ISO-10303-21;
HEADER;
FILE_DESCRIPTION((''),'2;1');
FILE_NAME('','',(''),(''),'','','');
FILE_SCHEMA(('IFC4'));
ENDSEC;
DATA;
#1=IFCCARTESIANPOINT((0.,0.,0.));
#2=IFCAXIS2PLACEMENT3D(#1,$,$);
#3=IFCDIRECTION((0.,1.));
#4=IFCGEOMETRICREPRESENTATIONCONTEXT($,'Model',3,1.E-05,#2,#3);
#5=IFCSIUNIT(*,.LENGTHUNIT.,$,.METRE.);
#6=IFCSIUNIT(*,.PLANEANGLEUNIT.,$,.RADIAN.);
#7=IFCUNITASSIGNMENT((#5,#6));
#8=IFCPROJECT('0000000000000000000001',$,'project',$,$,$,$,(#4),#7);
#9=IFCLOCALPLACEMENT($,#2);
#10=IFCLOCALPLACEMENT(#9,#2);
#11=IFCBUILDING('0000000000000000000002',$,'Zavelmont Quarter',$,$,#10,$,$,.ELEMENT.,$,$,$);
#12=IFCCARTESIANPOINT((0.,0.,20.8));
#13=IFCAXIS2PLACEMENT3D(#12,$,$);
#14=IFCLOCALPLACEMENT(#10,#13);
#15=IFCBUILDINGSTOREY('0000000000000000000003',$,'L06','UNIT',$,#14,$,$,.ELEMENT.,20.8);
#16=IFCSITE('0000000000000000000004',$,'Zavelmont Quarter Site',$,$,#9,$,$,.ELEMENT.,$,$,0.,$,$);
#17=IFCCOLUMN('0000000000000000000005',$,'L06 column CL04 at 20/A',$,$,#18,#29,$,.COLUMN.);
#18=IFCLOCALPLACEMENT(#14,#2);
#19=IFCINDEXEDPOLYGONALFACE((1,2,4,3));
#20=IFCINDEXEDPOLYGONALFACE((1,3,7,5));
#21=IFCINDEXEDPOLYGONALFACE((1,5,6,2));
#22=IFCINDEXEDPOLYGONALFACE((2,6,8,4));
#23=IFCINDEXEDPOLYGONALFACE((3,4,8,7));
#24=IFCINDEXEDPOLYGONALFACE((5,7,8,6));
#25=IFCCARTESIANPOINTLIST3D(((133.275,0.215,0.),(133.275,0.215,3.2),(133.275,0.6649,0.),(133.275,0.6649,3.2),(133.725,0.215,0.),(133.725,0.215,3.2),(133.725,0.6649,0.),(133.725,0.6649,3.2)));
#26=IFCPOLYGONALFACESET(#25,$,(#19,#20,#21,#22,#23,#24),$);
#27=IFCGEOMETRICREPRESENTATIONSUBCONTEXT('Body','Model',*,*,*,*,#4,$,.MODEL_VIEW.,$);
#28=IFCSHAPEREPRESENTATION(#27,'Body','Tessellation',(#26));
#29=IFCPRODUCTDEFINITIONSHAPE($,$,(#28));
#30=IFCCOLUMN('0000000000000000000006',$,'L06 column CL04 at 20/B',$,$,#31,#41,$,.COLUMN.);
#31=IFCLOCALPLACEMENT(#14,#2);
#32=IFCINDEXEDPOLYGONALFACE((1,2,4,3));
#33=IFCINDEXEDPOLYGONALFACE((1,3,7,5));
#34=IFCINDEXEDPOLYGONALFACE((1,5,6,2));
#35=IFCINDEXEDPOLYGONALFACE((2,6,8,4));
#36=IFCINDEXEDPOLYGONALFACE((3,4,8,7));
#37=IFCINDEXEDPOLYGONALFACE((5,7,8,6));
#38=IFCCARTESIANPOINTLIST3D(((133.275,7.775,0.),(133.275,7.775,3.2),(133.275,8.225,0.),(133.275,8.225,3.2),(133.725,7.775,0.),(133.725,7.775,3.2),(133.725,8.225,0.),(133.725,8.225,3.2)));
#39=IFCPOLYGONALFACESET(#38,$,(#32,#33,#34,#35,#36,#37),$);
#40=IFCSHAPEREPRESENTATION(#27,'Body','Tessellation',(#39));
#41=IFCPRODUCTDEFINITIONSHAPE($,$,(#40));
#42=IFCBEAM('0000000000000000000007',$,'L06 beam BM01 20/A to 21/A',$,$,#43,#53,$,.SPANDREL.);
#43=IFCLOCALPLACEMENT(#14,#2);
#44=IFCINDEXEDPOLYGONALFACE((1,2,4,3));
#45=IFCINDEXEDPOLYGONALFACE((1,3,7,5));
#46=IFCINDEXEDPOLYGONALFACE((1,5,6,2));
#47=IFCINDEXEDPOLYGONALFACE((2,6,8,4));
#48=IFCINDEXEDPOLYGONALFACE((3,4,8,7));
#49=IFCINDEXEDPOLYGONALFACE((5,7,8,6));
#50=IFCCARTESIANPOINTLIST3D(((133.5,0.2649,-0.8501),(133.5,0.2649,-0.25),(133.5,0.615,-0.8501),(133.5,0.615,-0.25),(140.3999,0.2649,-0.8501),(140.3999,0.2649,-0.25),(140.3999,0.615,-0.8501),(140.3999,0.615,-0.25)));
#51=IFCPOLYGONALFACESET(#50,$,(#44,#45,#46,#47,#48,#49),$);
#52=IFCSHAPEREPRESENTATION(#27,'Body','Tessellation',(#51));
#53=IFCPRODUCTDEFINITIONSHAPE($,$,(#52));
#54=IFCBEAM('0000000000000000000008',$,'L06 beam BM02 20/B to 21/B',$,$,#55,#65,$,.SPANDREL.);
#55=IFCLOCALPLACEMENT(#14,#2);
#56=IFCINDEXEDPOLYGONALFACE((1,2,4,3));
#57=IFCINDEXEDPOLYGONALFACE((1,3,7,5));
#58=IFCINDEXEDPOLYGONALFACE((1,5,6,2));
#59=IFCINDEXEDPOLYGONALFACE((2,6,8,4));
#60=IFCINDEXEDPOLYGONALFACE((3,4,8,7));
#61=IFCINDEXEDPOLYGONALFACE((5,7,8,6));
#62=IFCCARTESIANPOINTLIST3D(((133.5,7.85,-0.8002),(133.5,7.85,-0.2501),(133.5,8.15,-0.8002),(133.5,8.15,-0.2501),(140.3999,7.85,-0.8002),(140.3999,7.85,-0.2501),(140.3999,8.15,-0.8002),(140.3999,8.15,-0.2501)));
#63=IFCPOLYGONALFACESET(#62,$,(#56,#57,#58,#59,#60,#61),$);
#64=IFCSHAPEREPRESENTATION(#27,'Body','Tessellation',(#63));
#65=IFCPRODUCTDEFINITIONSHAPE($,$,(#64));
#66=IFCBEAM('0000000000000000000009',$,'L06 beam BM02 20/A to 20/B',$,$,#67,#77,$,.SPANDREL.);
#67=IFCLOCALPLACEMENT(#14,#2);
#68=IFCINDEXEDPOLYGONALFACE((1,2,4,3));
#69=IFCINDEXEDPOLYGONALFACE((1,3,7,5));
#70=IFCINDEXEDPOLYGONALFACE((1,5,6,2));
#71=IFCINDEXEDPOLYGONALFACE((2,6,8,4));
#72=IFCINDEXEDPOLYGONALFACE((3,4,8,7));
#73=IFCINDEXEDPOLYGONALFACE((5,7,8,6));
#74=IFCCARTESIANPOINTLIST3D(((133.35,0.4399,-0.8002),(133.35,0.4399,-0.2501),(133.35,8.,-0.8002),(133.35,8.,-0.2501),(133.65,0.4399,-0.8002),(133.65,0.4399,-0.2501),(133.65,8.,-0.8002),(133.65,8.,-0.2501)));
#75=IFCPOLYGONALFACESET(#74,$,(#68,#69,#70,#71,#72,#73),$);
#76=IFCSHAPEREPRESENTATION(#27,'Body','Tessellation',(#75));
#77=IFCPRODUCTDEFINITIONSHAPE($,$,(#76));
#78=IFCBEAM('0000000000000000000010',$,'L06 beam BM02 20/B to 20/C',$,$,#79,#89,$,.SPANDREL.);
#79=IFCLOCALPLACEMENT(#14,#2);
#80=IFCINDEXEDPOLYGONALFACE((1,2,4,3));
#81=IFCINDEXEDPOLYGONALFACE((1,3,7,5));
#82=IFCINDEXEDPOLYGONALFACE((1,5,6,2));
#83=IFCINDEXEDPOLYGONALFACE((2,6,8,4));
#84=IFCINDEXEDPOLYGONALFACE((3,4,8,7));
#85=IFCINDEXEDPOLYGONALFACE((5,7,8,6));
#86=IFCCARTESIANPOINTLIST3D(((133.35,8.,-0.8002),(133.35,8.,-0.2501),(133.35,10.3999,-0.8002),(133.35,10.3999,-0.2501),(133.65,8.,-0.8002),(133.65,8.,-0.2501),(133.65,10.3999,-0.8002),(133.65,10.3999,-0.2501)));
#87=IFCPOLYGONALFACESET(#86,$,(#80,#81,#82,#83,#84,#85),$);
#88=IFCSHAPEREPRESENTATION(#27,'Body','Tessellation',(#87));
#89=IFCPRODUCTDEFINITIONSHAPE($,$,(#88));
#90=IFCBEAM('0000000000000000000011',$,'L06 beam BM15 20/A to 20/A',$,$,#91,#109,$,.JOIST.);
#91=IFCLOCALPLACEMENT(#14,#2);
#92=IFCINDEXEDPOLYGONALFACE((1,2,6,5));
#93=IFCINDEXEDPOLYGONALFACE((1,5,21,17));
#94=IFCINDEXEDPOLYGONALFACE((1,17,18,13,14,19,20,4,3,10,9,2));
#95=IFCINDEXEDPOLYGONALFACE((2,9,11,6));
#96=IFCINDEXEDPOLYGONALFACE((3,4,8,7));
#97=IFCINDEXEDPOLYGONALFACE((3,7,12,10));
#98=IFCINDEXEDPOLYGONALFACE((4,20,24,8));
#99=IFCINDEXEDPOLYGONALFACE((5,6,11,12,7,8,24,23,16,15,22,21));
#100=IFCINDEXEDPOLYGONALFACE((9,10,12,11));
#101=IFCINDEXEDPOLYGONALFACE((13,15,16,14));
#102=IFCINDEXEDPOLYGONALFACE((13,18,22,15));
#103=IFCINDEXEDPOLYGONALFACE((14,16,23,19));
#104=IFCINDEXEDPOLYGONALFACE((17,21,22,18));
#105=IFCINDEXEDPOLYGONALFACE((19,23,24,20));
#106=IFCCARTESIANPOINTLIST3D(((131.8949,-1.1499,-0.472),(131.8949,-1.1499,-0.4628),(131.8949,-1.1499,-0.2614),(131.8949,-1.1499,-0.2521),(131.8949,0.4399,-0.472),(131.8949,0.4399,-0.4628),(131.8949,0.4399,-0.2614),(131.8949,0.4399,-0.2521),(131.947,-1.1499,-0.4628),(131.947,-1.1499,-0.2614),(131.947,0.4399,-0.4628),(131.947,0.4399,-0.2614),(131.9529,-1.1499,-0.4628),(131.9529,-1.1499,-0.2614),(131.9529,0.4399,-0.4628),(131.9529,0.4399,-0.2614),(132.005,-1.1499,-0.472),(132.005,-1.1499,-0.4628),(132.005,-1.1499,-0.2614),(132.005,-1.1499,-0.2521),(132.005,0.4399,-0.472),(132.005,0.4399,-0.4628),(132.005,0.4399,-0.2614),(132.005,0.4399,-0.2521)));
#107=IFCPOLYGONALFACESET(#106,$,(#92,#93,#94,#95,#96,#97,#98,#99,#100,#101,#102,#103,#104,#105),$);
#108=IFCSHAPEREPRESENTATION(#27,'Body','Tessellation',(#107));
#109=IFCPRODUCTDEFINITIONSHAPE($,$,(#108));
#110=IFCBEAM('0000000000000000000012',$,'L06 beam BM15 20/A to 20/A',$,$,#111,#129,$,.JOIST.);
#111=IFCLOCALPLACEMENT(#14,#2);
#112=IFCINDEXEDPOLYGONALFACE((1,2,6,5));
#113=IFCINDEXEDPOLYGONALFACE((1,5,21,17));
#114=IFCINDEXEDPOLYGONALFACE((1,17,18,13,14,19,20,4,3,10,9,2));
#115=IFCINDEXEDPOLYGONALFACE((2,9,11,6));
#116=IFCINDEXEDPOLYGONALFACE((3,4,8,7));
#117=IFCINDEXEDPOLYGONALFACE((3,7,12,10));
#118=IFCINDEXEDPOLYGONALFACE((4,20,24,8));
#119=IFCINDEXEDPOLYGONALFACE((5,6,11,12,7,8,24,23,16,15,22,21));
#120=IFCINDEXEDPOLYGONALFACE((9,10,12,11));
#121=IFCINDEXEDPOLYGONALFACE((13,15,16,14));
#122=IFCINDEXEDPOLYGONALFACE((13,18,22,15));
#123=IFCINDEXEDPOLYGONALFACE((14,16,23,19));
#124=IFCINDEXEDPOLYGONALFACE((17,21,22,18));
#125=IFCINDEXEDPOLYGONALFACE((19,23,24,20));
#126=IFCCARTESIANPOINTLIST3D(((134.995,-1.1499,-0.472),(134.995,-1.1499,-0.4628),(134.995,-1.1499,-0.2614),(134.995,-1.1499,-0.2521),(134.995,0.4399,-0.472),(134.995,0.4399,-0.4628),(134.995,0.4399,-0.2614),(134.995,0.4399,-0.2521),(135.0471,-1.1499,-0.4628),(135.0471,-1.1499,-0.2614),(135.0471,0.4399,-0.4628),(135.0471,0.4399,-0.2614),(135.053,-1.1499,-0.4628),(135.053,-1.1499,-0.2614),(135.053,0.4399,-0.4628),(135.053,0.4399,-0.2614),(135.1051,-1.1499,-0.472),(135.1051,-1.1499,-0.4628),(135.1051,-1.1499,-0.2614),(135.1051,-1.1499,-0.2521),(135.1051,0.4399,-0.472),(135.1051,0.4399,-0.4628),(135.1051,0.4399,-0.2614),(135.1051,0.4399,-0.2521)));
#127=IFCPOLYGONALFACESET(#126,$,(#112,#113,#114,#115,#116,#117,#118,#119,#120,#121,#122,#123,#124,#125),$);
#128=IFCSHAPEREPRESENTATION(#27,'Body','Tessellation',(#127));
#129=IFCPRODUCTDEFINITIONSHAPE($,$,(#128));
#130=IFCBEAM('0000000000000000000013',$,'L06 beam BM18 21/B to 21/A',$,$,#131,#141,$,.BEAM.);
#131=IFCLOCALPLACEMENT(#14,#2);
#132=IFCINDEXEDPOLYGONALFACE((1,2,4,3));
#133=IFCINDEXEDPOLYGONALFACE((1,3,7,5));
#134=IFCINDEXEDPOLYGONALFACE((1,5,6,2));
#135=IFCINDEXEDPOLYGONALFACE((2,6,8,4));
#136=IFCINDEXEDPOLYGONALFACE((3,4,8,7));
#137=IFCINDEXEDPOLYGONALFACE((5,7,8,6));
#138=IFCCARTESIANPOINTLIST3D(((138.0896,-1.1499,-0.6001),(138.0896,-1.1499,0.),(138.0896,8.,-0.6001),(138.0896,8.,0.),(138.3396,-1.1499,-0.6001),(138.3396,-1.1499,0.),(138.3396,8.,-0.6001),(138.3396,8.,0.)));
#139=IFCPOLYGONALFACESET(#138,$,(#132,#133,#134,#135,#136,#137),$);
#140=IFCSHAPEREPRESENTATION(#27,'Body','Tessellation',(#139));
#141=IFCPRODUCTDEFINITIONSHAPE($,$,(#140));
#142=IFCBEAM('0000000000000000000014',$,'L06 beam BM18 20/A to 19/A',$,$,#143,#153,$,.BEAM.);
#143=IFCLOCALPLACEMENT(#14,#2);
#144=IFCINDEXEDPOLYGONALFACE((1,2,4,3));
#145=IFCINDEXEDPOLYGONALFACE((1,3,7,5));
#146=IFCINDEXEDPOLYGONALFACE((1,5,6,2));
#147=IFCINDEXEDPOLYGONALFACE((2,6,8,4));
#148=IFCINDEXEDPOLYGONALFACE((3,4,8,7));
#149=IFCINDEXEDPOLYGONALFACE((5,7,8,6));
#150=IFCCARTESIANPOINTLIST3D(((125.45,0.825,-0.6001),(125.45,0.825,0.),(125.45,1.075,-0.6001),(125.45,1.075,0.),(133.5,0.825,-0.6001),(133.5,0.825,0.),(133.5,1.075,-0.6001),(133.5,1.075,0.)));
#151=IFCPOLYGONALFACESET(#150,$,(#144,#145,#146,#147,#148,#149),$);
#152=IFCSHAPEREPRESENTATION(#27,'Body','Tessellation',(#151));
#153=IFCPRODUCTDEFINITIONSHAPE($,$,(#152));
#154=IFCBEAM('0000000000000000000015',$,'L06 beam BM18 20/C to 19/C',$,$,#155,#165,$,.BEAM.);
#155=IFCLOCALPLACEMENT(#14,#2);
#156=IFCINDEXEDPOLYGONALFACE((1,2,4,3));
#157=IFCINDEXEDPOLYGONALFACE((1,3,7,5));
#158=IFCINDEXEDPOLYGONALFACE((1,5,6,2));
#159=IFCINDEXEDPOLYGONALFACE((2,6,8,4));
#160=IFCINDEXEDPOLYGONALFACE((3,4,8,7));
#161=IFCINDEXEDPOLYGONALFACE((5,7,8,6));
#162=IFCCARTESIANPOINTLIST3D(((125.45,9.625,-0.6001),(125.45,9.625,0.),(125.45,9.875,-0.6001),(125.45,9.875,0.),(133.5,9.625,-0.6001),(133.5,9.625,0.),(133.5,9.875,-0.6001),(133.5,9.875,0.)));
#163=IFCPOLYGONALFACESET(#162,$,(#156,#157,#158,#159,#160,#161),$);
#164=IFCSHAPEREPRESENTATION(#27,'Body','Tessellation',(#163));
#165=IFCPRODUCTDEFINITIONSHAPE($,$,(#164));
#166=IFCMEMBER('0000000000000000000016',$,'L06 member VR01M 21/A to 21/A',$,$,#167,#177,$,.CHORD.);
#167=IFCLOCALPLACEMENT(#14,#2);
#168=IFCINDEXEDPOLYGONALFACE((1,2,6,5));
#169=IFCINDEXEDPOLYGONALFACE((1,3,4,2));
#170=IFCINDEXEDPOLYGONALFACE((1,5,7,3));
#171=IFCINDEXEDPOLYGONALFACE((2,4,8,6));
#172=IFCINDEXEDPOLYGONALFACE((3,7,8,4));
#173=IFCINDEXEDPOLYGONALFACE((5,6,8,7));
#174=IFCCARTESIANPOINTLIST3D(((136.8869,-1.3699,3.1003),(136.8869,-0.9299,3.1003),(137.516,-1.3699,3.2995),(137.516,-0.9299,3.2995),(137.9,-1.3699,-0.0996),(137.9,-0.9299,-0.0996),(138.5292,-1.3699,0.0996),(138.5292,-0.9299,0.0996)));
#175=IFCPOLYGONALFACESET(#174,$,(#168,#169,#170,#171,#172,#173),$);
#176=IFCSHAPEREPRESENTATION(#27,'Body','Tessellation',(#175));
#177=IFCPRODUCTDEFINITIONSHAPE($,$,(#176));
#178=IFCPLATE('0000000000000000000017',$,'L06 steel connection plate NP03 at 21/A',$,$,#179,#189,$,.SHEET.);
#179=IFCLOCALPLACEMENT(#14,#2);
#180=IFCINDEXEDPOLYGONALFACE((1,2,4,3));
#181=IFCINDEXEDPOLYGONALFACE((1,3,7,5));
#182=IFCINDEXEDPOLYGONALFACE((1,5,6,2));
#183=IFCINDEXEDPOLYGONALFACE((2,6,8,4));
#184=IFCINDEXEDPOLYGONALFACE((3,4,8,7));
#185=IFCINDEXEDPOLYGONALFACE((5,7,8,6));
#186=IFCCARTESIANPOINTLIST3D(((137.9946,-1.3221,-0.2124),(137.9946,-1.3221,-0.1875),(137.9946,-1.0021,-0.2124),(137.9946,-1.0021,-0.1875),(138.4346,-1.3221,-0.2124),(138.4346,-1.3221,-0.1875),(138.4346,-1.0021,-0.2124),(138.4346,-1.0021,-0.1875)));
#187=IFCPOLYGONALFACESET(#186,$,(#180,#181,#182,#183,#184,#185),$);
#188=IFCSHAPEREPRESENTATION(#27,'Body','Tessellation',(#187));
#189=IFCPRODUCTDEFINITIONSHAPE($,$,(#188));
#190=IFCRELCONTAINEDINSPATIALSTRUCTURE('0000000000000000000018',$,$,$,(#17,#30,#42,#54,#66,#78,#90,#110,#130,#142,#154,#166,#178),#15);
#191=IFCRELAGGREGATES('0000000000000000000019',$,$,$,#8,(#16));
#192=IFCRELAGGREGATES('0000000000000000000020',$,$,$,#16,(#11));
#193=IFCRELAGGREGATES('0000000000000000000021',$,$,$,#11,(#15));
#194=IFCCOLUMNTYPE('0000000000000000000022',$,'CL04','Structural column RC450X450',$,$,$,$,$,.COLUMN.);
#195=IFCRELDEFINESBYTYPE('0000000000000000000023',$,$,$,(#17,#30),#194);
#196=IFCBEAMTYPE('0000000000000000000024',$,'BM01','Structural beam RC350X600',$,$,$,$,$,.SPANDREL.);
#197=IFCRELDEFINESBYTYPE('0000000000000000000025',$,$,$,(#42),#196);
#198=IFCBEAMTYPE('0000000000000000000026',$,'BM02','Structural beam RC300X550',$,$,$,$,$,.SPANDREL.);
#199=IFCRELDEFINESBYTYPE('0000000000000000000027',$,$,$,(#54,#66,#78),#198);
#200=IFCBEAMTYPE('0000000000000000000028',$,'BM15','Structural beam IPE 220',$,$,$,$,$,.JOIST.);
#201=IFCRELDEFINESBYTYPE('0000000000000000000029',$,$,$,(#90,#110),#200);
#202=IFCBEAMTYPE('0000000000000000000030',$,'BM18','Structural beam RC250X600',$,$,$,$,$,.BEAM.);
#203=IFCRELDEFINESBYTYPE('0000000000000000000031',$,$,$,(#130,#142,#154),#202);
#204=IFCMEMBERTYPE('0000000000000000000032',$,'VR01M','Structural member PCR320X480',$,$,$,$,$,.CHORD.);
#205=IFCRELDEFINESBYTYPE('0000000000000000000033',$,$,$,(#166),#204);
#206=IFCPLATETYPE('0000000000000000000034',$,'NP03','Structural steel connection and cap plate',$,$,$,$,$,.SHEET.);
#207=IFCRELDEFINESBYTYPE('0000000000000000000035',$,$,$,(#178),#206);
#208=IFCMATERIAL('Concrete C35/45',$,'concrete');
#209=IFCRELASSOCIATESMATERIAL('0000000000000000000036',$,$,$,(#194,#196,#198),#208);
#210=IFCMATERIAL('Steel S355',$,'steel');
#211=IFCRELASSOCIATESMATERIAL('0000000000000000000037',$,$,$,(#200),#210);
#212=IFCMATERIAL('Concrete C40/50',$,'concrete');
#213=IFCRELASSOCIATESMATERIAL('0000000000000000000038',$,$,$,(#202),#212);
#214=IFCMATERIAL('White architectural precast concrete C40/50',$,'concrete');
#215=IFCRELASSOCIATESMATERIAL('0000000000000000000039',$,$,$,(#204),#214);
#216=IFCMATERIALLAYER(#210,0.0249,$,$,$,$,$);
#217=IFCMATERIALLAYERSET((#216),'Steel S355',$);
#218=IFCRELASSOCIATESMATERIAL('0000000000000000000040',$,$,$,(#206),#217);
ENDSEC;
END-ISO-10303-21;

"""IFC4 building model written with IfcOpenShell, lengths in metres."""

from ifc_helpers import new_model, si_unit, direction, frame, origin, origin_2d, place, context, subcontext, project, spatial, rectangle, i_section, extrude, material, layer, layer_set, material_profile, profile_set, type_object, element, save


model = new_model("IFC4")

# Units and contexts
model_context = context("Model", 3, precision=1e-05, world=origin(), true_north=direction((0.0, 1.0)))
body_context = subcontext(model_context, "Body", "Model", "MODEL_VIEW")
ifc_project = project(units=[si_unit("LENGTHUNIT", "METRE"), si_unit("PLANEANGLEUNIT", "RADIAN")], contexts=[model_context])

# Site, building, storey
site_placement = place(None, origin())
site = spatial("IfcSite", under=ifc_project, at=site_placement, Name="Zavelmont Quarter Site", CompositionType="ELEMENT", RefElevation=0.0)
building_placement = place(site_placement, origin())
building = spatial("IfcBuilding", under=site, at=building_placement, Name="Zavelmont Quarter", CompositionType="ELEMENT")
storey_placement = place(building_placement, frame((0.0, 0.0, 20.8)))
storey = spatial("IfcBuildingStorey", under=building, at=storey_placement, Name="L06", Description="UNIT", CompositionType="ELEMENT", Elevation=20.8)

# Columns
ifc_material_1 = material(Name="Concrete C35/45", Category="concrete")
ifc_material_profile_1 = material_profile(ifc_material_1, rectangle(XDim=0.45, YDim=0.45, at=origin_2d()), Name="RC450X450")
ifc_profile_set_1 = profile_set([ifc_material_profile_1], Name="Concrete C35/45")
column_type = type_object("IfcColumnType", Name="CL04", Description="Structural column RC450X450", PredefinedType="COLUMN", material=ifc_profile_set_1)
for number, where, z_axis, x_axis, name in (
    (1, (133.5, 0.4399, 0.0), (0.0, 0.0, 1.0), (1.0, 0.0, 0.0), "L06 column CL04 at 20/A"),
    (2, (133.5, 8.0, 0.0), (0.0, 0.0, 1.0), (1.0, 0.0, 0.0), "L06 column CL04 at 20/B"),
):
    element("IfcColumn", number, at=place(storey_placement, frame(where, z_axis=z_axis, x_axis=x_axis)), inside=storey, type_object=column_type, Name=name, PredefinedType="COLUMN", context=body_context, shape_type="SweptSolid", body=[
        extrude(rectangle(XDim=0.45, YDim=0.45, at=origin_2d()), origin(), (0.0, 0.0, 1.0), 3.2),
    ])

# Beams
ifc_material_profile_2 = material_profile(ifc_material_1, rectangle(XDim=0.3501, YDim=0.6001, at=origin_2d()), Name="RC350X600")
ifc_profile_set_2 = profile_set([ifc_material_profile_2], Name="Concrete C35/45")
beam_type_1 = type_object("IfcBeamType", Name="BM01", Description="Structural beam RC350X600", PredefinedType="SPANDREL", material=ifc_profile_set_2)
beam_1_placement = place(storey_placement, frame((133.5, 0.4399, -0.55), z_axis=(1.0, 0.0, 0.0), x_axis=(0.0, 1.0, 0.0)))
element("IfcBeam", 3, at=beam_1_placement, inside=storey, type_object=beam_type_1, Name="L06 beam BM01 20/A to 21/A", PredefinedType="SPANDREL", context=body_context, shape_type="SweptSolid", body=[
    extrude(rectangle(XDim=0.3501, YDim=0.6001, at=origin_2d()), origin(), (0.0, 0.0, 1.0), 6.8999),
])
ifc_material_profile_3 = material_profile(ifc_material_1, rectangle(XDim=0.3, YDim=0.55, at=origin_2d()), Name="RC300X550")
ifc_profile_set_3 = profile_set([ifc_material_profile_3], Name="Concrete C35/45")
beam_type_2 = type_object("IfcBeamType", Name="BM02", Description="Structural beam RC300X550", PredefinedType="SPANDREL", material=ifc_profile_set_3)
beam_2_placement = place(storey_placement, frame((133.5, 8.0, -0.5251), z_axis=(1.0, 0.0, 0.0), x_axis=(0.0, 1.0, 0.0)))
element("IfcBeam", 4, at=beam_2_placement, inside=storey, type_object=beam_type_2, Name="L06 beam BM02 20/B to 21/B", PredefinedType="SPANDREL", context=body_context, shape_type="SweptSolid", body=[
    extrude(rectangle(XDim=0.3, YDim=0.55, at=origin_2d()), origin(), (0.0, 0.0, 1.0), 6.8999),
])
beam_3_placement = place(storey_placement, frame((133.5, 0.4399, -0.5251), z_axis=(0.0, 1.0, 0.0), x_axis=(-1.0, 0.0, 0.0)))
element("IfcBeam", 5, at=beam_3_placement, inside=storey, type_object=beam_type_2, Name="L06 beam BM02 20/A to 20/B", PredefinedType="SPANDREL", context=body_context, shape_type="SweptSolid", body=[
    extrude(rectangle(XDim=0.3, YDim=0.55, at=origin_2d()), origin(), (0.0, 0.0, 1.0), 7.5601),
])
beam_4_placement = place(storey_placement, frame((133.5, 8.0, -0.5251), z_axis=(0.0, 1.0, 0.0), x_axis=(-1.0, 0.0, 0.0)))
element("IfcBeam", 6, at=beam_4_placement, inside=storey, type_object=beam_type_2, Name="L06 beam BM02 20/B to 20/C", PredefinedType="SPANDREL", context=body_context, shape_type="SweptSolid", body=[
    extrude(rectangle(XDim=0.3, YDim=0.55, at=origin_2d()), origin(), (0.0, 0.0, 1.0), 2.3999),
])
ifc_material_2 = material(Name="Steel S355", Category="steel")
ifc_material_profile_4 = material_profile(ifc_material_2, i_section(OverallWidth=0.1101, OverallDepth=0.22, WebThickness=0.0059, FlangeThickness=0.0093, at=origin_2d()), Name="IPE 220")
ifc_profile_set_4 = profile_set([ifc_material_profile_4], Name="Steel S355")
beam_type_3 = type_object("IfcBeamType", Name="BM15", Description="Structural beam IPE 220", PredefinedType="JOIST", material=ifc_profile_set_4)
for number, where, z_axis, x_axis, name in (
    (7, (131.95, 0.4399, -0.3621), (0.0, -1.0, 0.0), (1.0, 0.0, 0.0), "L06 beam BM15 20/A to 20/A"),
    (8, (135.05, 0.4399, -0.3621), (0.0, -1.0, 0.0), (1.0, 0.0, 0.0), "L06 beam BM15 20/A to 20/A"),
):
    element("IfcBeam", number, at=place(storey_placement, frame(where, z_axis=z_axis, x_axis=x_axis)), inside=storey, type_object=beam_type_3, Name=name, PredefinedType="JOIST", context=body_context, shape_type="SweptSolid", body=[
        extrude(i_section(OverallWidth=0.1101, OverallDepth=0.22, WebThickness=0.0059, FlangeThickness=0.0093, at=origin_2d()), origin(), (0.0, 0.0, 1.0), 1.5898),
    ])
ifc_material_3 = material(Name="Concrete C40/50", Category="concrete")
ifc_material_profile_5 = material_profile(ifc_material_3, rectangle(XDim=0.25, YDim=0.6001, at=origin_2d()), Name="RC250X600")
ifc_profile_set_5 = profile_set([ifc_material_profile_5], Name="Concrete C40/50")
beam_type_4 = type_object("IfcBeamType", Name="BM18", Description="Structural beam RC250X600", PredefinedType="BEAM", material=ifc_profile_set_5)
beam_5_placement = place(storey_placement, frame((138.2146, 8.0, -0.3), z_axis=(0.0, -1.0, 0.0), x_axis=(1.0, 0.0, 0.0)))
element("IfcBeam", 9, at=beam_5_placement, inside=storey, type_object=beam_type_4, Name="L06 beam BM18 21/B to 21/A", PredefinedType="BEAM", context=body_context, shape_type="SweptSolid", body=[
    extrude(rectangle(XDim=0.25, YDim=0.6001, at=origin_2d()), origin(), (0.0, 0.0, 1.0), 9.1499),
])
for number, where, z_axis, x_axis, name in (
    (10, (133.5, 0.95, -0.3), (-1.0, 0.0, 0.0), (0.0, -1.0, 0.0), "L06 beam BM18 20/A to 19/A"),
    (11, (133.5, 9.75, -0.3), (-1.0, 0.0, 0.0), (0.0, -1.0, 0.0), "L06 beam BM18 20/C to 19/C"),
):
    element("IfcBeam", number, at=place(storey_placement, frame(where, z_axis=z_axis, x_axis=x_axis)), inside=storey, type_object=beam_type_4, Name=name, PredefinedType="BEAM", context=body_context, shape_type="SweptSolid", body=[
        extrude(rectangle(XDim=0.25, YDim=0.6001, at=origin_2d()), origin(), (0.0, 0.0, 1.0), 8.05),
    ])

# Member
ifc_material_4 = material(Name="White architectural precast concrete C40/50", Category="concrete")
ifc_material_profile_6 = material_profile(ifc_material_4, rectangle(XDim=0.4399, YDim=0.6599, at=origin_2d()), Name="PCR320X480")
ifc_profile_set_6 = profile_set([ifc_material_profile_6], Name="White architectural precast concrete C40/50")
member_type = type_object("IfcMemberType", Name="VR01M", Description="Structural member PCR320X480", PredefinedType="CHORD", material=ifc_profile_set_6)
member_placement = place(storey_placement, frame((138.2146, -1.1499, 0.0), z_axis=(-0.301855, 0.0, 0.953354), x_axis=(0.0, -1.0, 0.0)))
element("IfcMember", 12, at=member_placement, inside=storey, type_object=member_type, Name="L06 member VR01M 21/A to 21/A", PredefinedType="CHORD", context=body_context, shape_type="SweptSolid", body=[
    extrude(rectangle(XDim=0.4399, YDim=0.6599, at=origin_2d()), origin(), (0.0, 0.0, 1.0), 3.3564),
])

# Plate
ifc_layer_1 = layer(ifc_material_2, 0.0249)
ifc_layer_set_1 = layer_set([ifc_layer_1], Name="Steel S355")
plate_type = type_object("IfcPlateType", Name="NP03", Description="Structural steel connection and cap plate", PredefinedType="SHEET", material=ifc_layer_set_1)
plate_placement = place(storey_placement, frame((138.2146, -1.1621, -0.2124), z_axis=(0.0, 0.0, 1.0), x_axis=(1.0, 0.0, 0.0)))
element("IfcPlate", 13, at=plate_placement, inside=storey, type_object=plate_type, Name="L06 steel connection plate NP03 at 21/A", PredefinedType="SHEET", context=body_context, shape_type="SweptSolid", body=[
    extrude(rectangle(XDim=0.4399, YDim=0.3201, at=origin_2d()), origin(), (0.0, 0.0, 1.0), 0.0249),
])

save(model, "model.ifc")
